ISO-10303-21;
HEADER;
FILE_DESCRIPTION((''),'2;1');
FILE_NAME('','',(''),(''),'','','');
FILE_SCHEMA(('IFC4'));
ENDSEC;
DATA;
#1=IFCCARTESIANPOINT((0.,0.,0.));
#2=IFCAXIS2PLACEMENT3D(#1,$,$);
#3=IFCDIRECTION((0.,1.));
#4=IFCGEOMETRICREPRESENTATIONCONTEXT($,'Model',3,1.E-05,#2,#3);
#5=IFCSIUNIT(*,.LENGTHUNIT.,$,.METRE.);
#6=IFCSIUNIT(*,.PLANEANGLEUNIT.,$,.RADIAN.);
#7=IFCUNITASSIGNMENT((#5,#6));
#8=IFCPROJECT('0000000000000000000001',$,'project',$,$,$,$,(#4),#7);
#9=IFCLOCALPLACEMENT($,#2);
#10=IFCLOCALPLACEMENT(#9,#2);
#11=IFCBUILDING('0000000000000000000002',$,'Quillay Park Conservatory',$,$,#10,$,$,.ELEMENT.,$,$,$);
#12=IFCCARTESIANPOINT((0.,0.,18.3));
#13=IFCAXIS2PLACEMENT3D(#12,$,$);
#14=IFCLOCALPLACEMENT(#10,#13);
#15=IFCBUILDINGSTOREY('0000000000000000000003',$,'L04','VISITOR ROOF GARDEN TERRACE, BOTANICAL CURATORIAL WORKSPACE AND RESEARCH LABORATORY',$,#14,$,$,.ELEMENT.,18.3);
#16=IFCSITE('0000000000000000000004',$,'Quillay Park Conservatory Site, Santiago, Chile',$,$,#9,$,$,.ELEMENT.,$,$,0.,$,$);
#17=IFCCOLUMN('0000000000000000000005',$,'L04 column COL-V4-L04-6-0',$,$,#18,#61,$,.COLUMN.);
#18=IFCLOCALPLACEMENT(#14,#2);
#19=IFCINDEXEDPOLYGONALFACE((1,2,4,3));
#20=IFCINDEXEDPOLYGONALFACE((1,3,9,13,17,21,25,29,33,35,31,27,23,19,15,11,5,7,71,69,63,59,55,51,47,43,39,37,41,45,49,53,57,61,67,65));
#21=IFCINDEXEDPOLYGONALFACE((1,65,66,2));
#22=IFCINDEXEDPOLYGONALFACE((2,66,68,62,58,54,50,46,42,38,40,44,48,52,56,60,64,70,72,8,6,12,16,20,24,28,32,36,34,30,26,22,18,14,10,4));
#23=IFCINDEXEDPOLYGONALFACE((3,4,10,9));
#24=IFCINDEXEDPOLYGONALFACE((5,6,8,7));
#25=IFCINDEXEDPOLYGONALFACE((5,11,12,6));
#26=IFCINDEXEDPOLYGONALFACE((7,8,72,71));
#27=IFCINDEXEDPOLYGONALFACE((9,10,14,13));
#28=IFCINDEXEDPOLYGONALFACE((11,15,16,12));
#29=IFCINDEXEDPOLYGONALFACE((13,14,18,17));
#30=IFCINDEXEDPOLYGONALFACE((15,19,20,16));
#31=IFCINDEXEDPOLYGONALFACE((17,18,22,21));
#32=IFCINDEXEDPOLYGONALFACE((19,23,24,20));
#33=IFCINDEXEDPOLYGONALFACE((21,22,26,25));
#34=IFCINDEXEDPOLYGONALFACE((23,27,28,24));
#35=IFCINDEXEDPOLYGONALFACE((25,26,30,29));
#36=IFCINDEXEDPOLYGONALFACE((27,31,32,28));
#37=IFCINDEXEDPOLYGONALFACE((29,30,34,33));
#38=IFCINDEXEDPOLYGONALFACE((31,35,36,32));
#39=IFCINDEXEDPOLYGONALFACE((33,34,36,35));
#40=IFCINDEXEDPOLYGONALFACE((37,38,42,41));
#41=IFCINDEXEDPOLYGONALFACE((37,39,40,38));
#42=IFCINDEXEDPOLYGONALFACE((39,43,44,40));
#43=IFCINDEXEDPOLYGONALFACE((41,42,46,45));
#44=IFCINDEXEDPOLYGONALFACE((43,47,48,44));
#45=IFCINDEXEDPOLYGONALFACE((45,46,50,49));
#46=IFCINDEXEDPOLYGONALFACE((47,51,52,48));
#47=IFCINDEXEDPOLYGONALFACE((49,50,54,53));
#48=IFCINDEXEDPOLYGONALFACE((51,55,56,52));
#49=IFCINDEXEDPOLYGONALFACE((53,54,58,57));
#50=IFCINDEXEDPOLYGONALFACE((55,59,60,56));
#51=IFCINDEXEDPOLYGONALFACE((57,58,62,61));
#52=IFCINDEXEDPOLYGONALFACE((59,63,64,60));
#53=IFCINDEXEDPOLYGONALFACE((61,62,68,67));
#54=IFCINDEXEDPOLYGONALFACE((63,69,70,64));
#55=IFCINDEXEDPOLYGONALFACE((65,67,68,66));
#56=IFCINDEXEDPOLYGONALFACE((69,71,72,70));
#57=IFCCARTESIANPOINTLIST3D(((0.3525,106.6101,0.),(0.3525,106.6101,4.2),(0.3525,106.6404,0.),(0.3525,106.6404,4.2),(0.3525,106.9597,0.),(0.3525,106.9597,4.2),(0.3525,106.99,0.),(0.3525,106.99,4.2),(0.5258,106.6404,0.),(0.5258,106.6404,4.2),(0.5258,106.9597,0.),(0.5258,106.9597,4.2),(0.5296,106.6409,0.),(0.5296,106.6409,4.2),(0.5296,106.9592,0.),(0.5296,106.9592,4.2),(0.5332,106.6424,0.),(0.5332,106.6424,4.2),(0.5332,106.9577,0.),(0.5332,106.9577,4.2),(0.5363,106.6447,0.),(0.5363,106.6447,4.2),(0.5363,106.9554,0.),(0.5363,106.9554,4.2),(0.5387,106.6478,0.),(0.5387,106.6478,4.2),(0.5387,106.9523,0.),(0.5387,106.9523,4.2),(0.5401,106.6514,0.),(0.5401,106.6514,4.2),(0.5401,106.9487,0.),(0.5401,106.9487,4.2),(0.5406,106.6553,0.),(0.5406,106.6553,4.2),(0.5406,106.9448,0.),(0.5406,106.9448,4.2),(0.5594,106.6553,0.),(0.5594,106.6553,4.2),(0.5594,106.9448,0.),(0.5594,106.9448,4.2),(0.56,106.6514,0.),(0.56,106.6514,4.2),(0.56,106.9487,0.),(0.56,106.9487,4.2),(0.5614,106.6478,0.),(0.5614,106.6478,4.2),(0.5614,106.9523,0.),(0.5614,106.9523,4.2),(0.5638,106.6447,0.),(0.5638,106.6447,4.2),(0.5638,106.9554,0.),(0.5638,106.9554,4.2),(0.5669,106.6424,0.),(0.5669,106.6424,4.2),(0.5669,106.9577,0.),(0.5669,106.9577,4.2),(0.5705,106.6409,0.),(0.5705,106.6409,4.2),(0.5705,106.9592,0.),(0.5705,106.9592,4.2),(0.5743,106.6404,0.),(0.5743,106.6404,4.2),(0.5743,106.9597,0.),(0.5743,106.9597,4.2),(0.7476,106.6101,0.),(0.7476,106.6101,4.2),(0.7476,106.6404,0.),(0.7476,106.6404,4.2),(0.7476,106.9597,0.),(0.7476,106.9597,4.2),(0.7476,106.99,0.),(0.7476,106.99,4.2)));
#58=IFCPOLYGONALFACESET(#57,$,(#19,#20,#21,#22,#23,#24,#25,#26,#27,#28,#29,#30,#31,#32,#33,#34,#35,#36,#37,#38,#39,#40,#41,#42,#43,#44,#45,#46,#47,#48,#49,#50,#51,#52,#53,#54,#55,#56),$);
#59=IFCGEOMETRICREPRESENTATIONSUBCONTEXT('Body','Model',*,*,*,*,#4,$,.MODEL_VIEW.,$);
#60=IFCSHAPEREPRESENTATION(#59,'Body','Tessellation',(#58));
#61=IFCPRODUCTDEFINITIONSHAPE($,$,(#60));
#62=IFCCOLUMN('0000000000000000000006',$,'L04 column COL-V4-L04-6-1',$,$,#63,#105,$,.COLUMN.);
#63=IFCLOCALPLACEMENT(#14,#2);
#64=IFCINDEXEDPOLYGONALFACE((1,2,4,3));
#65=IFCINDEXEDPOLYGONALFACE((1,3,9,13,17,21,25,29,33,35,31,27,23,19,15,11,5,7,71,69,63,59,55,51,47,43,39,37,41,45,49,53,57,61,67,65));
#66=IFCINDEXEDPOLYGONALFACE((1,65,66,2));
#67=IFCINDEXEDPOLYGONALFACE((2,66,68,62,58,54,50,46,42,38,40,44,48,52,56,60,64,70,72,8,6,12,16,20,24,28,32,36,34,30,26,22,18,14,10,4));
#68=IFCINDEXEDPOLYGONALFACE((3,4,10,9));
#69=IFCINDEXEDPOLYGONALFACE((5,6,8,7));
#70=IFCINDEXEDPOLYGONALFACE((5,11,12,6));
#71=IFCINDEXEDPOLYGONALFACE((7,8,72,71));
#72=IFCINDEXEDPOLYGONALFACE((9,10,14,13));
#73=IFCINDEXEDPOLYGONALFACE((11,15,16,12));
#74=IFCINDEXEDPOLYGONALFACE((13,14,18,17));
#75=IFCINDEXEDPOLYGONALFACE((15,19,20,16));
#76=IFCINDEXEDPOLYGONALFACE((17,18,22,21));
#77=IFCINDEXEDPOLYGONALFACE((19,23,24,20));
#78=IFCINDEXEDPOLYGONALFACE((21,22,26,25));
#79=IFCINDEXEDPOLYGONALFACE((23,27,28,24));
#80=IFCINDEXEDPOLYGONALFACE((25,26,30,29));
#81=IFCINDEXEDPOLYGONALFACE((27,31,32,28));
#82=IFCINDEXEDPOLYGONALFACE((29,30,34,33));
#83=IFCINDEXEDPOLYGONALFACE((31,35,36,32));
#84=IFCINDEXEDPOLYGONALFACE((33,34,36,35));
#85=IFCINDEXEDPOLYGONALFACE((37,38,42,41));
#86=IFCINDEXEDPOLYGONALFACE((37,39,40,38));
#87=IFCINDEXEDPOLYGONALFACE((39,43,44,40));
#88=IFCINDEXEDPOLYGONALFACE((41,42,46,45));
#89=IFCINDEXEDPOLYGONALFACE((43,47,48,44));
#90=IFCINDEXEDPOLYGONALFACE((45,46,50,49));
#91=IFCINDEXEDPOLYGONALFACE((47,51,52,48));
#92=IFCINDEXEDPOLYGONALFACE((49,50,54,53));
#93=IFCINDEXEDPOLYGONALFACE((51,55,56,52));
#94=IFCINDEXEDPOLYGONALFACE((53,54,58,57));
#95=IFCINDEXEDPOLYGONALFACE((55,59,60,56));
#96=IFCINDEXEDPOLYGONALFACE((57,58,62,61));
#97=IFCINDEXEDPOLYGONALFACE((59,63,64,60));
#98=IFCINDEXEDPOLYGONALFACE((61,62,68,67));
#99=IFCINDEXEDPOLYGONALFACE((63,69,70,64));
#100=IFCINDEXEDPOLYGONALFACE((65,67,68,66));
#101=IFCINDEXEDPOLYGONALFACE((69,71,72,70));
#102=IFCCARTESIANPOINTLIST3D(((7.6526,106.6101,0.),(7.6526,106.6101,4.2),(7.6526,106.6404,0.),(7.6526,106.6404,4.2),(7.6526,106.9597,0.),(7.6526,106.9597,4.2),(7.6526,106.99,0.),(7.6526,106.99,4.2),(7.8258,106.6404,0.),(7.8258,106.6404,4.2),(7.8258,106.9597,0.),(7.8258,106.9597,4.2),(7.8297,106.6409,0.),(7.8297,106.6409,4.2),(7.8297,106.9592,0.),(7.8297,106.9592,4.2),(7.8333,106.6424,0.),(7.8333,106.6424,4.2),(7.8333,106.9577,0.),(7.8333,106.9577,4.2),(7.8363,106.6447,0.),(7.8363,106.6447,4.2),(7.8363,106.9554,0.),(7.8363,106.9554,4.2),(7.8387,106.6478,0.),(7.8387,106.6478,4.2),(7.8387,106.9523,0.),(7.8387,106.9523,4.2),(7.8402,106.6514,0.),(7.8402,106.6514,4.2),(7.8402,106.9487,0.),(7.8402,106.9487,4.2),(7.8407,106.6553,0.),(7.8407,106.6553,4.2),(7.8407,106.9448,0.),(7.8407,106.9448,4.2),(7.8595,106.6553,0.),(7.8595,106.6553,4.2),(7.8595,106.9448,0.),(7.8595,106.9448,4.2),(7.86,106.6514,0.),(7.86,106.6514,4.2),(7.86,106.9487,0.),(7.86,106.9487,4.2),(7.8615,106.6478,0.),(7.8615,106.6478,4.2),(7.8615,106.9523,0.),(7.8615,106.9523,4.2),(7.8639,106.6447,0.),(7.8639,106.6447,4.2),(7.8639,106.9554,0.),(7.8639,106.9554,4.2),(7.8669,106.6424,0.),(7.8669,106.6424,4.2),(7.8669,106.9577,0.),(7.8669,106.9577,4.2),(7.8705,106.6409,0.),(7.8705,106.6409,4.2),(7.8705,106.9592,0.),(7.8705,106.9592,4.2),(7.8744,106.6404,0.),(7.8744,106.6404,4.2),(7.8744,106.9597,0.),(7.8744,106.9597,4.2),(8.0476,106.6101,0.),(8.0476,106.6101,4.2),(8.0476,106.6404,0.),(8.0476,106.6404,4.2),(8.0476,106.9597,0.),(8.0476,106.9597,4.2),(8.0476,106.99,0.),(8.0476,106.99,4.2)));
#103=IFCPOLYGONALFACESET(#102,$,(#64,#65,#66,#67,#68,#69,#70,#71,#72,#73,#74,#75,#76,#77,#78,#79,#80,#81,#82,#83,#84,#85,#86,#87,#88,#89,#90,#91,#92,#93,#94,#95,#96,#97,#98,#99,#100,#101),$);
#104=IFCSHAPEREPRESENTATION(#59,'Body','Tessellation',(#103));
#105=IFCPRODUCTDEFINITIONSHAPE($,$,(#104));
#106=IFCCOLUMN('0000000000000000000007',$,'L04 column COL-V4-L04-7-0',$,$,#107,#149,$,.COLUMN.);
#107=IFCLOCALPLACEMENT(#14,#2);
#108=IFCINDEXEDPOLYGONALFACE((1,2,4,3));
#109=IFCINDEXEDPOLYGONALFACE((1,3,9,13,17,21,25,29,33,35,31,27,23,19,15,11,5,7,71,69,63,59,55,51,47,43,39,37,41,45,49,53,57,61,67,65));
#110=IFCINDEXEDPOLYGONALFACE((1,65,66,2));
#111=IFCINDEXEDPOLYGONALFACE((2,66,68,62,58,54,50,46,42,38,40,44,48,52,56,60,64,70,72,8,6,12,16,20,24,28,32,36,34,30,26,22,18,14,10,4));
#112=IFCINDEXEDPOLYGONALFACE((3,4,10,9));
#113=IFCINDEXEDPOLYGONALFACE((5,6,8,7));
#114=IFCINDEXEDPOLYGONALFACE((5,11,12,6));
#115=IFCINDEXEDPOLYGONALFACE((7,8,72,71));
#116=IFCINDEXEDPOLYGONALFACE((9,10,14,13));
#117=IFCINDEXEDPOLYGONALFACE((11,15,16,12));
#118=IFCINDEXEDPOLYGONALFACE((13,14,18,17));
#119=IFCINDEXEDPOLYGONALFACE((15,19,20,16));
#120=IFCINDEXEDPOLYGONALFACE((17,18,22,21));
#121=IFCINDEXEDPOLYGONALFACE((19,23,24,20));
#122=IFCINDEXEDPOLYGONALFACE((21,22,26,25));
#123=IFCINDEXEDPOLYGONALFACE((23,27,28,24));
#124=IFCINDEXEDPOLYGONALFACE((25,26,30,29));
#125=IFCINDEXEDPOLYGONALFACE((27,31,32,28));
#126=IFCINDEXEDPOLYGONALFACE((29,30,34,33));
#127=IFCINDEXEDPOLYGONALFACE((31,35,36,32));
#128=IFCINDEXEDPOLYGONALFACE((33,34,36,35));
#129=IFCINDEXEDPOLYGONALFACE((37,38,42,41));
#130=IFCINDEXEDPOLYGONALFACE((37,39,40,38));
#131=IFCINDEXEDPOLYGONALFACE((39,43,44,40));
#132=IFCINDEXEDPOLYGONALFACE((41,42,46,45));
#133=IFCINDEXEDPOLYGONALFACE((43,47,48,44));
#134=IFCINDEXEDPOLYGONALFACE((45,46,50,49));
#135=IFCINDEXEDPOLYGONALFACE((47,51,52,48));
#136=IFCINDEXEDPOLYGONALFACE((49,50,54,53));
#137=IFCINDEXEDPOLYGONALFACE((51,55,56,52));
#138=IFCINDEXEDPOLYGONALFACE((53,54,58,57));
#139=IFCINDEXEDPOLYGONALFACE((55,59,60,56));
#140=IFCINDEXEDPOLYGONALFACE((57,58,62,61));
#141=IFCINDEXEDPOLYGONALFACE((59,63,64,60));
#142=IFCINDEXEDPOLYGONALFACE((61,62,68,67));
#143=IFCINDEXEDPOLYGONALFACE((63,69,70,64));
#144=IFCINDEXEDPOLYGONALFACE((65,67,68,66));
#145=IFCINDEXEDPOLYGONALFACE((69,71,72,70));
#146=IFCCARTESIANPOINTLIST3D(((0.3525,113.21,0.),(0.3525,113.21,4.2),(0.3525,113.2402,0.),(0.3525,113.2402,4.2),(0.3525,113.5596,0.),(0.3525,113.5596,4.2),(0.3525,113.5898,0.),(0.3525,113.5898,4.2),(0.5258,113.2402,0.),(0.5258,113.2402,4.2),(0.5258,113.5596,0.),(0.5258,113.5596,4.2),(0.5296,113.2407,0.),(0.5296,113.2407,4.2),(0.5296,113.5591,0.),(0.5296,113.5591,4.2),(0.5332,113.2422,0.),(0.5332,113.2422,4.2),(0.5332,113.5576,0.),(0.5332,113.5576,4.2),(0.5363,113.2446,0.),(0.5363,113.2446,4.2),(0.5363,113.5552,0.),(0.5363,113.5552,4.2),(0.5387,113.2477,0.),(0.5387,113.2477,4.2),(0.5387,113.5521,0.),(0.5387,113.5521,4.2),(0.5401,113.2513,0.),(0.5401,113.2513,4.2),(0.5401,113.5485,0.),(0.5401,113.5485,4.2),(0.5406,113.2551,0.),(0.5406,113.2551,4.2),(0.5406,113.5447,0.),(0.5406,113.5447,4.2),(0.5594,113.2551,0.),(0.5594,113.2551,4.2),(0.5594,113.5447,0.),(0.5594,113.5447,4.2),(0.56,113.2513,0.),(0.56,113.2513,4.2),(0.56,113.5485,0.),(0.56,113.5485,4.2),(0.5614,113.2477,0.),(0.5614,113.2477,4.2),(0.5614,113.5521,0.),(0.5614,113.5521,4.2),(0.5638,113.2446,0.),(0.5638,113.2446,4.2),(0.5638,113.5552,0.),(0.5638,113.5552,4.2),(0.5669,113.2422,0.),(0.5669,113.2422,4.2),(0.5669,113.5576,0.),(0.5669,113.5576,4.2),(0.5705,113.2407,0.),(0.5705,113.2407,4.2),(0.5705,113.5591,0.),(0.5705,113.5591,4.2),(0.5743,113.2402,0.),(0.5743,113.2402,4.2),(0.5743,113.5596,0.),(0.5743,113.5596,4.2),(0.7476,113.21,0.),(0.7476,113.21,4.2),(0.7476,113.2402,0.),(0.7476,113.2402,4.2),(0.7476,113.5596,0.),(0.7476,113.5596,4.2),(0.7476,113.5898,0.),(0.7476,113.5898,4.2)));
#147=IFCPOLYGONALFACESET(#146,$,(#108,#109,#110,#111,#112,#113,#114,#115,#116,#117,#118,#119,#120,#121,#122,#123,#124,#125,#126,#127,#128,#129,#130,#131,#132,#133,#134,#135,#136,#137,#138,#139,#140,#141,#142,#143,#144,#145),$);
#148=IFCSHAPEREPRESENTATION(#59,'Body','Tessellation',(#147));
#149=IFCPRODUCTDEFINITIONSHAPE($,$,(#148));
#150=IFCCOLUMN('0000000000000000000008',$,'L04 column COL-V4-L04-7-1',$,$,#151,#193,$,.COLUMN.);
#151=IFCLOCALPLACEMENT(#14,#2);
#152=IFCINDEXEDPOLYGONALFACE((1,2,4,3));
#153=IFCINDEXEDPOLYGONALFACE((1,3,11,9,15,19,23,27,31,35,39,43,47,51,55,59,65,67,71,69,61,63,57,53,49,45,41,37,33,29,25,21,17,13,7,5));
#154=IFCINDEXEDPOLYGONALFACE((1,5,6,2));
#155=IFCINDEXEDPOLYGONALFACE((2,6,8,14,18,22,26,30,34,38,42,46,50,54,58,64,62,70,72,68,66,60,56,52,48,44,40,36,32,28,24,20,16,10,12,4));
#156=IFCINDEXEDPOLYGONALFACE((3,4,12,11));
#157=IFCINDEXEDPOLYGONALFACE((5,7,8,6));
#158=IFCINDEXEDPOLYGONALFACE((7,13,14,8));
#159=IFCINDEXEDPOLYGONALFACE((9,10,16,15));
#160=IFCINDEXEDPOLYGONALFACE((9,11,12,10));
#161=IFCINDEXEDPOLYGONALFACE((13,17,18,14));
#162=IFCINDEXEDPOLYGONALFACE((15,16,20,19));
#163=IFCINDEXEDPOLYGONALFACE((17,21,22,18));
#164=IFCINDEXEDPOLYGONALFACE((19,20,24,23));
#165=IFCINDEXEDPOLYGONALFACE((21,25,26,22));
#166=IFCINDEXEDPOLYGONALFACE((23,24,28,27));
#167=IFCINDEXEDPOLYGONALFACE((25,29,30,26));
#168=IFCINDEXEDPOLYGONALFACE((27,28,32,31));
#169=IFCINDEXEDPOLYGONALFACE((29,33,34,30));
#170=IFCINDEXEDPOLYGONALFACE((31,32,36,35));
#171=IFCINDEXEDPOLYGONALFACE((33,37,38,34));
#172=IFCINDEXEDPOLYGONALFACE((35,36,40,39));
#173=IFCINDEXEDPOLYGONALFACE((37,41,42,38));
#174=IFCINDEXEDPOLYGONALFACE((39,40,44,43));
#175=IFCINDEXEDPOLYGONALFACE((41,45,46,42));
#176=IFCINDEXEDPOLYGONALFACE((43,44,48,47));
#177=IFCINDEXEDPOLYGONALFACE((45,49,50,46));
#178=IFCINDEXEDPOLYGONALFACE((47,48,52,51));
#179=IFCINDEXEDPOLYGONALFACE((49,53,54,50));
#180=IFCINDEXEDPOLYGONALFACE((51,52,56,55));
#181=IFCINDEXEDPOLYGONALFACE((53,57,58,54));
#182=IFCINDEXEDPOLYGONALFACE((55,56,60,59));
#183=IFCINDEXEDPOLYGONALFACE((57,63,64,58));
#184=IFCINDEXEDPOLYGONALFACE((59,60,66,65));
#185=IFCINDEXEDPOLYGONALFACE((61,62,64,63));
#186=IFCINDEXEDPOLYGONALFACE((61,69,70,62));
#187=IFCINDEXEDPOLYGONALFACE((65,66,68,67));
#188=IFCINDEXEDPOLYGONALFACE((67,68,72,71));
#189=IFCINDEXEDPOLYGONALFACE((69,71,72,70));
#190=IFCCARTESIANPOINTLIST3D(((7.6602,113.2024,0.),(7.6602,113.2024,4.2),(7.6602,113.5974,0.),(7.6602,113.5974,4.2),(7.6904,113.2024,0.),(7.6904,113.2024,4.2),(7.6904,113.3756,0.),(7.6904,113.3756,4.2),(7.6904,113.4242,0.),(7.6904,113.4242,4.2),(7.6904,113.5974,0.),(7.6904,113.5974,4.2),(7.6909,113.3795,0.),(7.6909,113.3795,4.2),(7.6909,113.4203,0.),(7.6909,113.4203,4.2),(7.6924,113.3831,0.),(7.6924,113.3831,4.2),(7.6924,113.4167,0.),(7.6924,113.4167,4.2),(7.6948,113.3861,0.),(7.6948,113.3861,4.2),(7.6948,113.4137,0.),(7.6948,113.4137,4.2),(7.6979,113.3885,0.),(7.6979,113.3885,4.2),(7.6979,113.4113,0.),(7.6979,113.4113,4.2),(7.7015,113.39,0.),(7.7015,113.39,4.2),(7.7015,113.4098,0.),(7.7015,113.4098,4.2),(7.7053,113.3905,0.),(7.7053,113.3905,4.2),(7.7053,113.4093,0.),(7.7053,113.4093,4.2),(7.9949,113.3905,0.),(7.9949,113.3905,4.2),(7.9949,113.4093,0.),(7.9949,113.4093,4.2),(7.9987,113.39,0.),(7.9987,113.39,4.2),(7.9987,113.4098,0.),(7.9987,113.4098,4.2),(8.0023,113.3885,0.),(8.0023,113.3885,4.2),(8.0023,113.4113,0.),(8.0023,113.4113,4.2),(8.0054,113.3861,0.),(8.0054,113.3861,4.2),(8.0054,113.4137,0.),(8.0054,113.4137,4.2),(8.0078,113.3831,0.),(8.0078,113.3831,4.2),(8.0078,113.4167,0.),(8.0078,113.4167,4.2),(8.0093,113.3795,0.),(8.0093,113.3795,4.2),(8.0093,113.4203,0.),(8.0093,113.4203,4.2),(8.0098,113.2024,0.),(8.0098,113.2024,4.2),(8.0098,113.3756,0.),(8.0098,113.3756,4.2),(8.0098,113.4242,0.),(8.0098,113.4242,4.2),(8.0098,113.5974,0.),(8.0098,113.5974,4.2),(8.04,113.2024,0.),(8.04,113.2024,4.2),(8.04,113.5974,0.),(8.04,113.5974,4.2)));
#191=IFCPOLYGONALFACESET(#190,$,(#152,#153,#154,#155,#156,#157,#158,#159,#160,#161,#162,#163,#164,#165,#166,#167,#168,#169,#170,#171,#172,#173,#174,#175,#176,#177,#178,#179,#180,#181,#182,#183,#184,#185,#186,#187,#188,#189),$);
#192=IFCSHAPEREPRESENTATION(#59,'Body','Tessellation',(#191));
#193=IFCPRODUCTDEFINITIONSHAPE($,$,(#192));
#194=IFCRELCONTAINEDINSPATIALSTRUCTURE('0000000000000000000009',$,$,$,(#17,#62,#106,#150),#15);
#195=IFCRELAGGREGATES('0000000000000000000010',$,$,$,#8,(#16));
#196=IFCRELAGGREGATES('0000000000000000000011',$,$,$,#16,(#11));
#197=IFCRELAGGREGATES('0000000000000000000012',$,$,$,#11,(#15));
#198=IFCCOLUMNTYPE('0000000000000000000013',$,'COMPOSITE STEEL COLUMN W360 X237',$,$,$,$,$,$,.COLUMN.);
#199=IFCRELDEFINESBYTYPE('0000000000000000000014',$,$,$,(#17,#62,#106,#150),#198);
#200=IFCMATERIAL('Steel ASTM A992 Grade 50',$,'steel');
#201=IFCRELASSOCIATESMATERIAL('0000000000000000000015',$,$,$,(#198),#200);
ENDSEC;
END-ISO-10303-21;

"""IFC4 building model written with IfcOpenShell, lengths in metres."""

from ifc_helpers import new_model, si_unit, direction, frame, origin, origin_2d, place, context, subcontext, project, spatial, i_section, extrude, material, material_profile, profile_set, type_object, element, save


model = new_model("IFC4")

# Units and contexts
model_context = context("Model", 3, precision=1e-05, world=origin(), true_north=direction((0.0, 1.0)))
body_context = subcontext(model_context, "Body", "Model", "MODEL_VIEW")
ifc_project = project(units=[si_unit("LENGTHUNIT", "METRE"), si_unit("PLANEANGLEUNIT", "RADIAN")], contexts=[model_context])

# Site, building, storey
site_placement = place(None, origin())
site = spatial("IfcSite", under=ifc_project, at=site_placement, Name="Quillay Park Conservatory Site, Santiago, Chile", CompositionType="ELEMENT", RefElevation=0.0)
building_placement = place(site_placement, origin())
building = spatial("IfcBuilding", under=site, at=building_placement, Name="Quillay Park Conservatory", CompositionType="ELEMENT")
storey_placement = place(building_placement, frame((0.0, 0.0, 18.3)))
storey = spatial("IfcBuildingStorey", under=building, at=storey_placement, Name="L04", Description="VISITOR ROOF GARDEN TERRACE, BOTANICAL CURATORIAL WORKSPACE AND RESEARCH LABORATORY", CompositionType="ELEMENT", Elevation=18.3)

# Columns
ifc_material_1 = material(Name="Steel ASTM A992 Grade 50", Category="steel")
ifc_material_profile_1 = material_profile(ifc_material_1, i_section(OverallWidth=0.395, OverallDepth=0.3799, WebThickness=0.0188, FlangeThickness=0.0303, FilletRadius=0.0149, at=origin_2d()), Name="W360x237")
ifc_profile_set_1 = profile_set([ifc_material_profile_1], Name="Steel ASTM A992 Grade 50")
column_type = type_object("IfcColumnType", Name="COMPOSITE STEEL COLUMN W360 X237", PredefinedType="COLUMN", material=ifc_profile_set_1)
for number, where, z_axis, x_axis, name in (
    (1, (0.55, 106.8, 0.0), (0.0, 0.0, 1.0), (1.0, 0.0, 0.0), "L04 column COL-V4-L04-6-0"),
    (2, (7.8501, 106.8, 0.0), (0.0, 0.0, 1.0), (1.0, 0.0, 0.0), "L04 column COL-V4-L04-6-1"),
    (3, (0.55, 113.3999, 0.0), (0.0, 0.0, 1.0), (1.0, 0.0, 0.0), "L04 column COL-V4-L04-7-0"),
    (4, (7.8501, 113.3999, 0.0), (0.0, 0.0, 1.0), (0.0, 1.0, 0.0), "L04 column COL-V4-L04-7-1"),
):
    element("IfcColumn", number, at=place(storey_placement, frame(where, z_axis=z_axis, x_axis=x_axis)), inside=storey, type_object=column_type, Name=name, PredefinedType="COLUMN", context=body_context, shape_type="SweptSolid", body=[
        extrude(i_section(OverallWidth=0.395, OverallDepth=0.3799, WebThickness=0.0188, FlangeThickness=0.0303, FilletRadius=0.0149, at=origin_2d()), origin(), (0.0, 0.0, 1.0), 4.2),
    ])

save(model, "model.ifc")
